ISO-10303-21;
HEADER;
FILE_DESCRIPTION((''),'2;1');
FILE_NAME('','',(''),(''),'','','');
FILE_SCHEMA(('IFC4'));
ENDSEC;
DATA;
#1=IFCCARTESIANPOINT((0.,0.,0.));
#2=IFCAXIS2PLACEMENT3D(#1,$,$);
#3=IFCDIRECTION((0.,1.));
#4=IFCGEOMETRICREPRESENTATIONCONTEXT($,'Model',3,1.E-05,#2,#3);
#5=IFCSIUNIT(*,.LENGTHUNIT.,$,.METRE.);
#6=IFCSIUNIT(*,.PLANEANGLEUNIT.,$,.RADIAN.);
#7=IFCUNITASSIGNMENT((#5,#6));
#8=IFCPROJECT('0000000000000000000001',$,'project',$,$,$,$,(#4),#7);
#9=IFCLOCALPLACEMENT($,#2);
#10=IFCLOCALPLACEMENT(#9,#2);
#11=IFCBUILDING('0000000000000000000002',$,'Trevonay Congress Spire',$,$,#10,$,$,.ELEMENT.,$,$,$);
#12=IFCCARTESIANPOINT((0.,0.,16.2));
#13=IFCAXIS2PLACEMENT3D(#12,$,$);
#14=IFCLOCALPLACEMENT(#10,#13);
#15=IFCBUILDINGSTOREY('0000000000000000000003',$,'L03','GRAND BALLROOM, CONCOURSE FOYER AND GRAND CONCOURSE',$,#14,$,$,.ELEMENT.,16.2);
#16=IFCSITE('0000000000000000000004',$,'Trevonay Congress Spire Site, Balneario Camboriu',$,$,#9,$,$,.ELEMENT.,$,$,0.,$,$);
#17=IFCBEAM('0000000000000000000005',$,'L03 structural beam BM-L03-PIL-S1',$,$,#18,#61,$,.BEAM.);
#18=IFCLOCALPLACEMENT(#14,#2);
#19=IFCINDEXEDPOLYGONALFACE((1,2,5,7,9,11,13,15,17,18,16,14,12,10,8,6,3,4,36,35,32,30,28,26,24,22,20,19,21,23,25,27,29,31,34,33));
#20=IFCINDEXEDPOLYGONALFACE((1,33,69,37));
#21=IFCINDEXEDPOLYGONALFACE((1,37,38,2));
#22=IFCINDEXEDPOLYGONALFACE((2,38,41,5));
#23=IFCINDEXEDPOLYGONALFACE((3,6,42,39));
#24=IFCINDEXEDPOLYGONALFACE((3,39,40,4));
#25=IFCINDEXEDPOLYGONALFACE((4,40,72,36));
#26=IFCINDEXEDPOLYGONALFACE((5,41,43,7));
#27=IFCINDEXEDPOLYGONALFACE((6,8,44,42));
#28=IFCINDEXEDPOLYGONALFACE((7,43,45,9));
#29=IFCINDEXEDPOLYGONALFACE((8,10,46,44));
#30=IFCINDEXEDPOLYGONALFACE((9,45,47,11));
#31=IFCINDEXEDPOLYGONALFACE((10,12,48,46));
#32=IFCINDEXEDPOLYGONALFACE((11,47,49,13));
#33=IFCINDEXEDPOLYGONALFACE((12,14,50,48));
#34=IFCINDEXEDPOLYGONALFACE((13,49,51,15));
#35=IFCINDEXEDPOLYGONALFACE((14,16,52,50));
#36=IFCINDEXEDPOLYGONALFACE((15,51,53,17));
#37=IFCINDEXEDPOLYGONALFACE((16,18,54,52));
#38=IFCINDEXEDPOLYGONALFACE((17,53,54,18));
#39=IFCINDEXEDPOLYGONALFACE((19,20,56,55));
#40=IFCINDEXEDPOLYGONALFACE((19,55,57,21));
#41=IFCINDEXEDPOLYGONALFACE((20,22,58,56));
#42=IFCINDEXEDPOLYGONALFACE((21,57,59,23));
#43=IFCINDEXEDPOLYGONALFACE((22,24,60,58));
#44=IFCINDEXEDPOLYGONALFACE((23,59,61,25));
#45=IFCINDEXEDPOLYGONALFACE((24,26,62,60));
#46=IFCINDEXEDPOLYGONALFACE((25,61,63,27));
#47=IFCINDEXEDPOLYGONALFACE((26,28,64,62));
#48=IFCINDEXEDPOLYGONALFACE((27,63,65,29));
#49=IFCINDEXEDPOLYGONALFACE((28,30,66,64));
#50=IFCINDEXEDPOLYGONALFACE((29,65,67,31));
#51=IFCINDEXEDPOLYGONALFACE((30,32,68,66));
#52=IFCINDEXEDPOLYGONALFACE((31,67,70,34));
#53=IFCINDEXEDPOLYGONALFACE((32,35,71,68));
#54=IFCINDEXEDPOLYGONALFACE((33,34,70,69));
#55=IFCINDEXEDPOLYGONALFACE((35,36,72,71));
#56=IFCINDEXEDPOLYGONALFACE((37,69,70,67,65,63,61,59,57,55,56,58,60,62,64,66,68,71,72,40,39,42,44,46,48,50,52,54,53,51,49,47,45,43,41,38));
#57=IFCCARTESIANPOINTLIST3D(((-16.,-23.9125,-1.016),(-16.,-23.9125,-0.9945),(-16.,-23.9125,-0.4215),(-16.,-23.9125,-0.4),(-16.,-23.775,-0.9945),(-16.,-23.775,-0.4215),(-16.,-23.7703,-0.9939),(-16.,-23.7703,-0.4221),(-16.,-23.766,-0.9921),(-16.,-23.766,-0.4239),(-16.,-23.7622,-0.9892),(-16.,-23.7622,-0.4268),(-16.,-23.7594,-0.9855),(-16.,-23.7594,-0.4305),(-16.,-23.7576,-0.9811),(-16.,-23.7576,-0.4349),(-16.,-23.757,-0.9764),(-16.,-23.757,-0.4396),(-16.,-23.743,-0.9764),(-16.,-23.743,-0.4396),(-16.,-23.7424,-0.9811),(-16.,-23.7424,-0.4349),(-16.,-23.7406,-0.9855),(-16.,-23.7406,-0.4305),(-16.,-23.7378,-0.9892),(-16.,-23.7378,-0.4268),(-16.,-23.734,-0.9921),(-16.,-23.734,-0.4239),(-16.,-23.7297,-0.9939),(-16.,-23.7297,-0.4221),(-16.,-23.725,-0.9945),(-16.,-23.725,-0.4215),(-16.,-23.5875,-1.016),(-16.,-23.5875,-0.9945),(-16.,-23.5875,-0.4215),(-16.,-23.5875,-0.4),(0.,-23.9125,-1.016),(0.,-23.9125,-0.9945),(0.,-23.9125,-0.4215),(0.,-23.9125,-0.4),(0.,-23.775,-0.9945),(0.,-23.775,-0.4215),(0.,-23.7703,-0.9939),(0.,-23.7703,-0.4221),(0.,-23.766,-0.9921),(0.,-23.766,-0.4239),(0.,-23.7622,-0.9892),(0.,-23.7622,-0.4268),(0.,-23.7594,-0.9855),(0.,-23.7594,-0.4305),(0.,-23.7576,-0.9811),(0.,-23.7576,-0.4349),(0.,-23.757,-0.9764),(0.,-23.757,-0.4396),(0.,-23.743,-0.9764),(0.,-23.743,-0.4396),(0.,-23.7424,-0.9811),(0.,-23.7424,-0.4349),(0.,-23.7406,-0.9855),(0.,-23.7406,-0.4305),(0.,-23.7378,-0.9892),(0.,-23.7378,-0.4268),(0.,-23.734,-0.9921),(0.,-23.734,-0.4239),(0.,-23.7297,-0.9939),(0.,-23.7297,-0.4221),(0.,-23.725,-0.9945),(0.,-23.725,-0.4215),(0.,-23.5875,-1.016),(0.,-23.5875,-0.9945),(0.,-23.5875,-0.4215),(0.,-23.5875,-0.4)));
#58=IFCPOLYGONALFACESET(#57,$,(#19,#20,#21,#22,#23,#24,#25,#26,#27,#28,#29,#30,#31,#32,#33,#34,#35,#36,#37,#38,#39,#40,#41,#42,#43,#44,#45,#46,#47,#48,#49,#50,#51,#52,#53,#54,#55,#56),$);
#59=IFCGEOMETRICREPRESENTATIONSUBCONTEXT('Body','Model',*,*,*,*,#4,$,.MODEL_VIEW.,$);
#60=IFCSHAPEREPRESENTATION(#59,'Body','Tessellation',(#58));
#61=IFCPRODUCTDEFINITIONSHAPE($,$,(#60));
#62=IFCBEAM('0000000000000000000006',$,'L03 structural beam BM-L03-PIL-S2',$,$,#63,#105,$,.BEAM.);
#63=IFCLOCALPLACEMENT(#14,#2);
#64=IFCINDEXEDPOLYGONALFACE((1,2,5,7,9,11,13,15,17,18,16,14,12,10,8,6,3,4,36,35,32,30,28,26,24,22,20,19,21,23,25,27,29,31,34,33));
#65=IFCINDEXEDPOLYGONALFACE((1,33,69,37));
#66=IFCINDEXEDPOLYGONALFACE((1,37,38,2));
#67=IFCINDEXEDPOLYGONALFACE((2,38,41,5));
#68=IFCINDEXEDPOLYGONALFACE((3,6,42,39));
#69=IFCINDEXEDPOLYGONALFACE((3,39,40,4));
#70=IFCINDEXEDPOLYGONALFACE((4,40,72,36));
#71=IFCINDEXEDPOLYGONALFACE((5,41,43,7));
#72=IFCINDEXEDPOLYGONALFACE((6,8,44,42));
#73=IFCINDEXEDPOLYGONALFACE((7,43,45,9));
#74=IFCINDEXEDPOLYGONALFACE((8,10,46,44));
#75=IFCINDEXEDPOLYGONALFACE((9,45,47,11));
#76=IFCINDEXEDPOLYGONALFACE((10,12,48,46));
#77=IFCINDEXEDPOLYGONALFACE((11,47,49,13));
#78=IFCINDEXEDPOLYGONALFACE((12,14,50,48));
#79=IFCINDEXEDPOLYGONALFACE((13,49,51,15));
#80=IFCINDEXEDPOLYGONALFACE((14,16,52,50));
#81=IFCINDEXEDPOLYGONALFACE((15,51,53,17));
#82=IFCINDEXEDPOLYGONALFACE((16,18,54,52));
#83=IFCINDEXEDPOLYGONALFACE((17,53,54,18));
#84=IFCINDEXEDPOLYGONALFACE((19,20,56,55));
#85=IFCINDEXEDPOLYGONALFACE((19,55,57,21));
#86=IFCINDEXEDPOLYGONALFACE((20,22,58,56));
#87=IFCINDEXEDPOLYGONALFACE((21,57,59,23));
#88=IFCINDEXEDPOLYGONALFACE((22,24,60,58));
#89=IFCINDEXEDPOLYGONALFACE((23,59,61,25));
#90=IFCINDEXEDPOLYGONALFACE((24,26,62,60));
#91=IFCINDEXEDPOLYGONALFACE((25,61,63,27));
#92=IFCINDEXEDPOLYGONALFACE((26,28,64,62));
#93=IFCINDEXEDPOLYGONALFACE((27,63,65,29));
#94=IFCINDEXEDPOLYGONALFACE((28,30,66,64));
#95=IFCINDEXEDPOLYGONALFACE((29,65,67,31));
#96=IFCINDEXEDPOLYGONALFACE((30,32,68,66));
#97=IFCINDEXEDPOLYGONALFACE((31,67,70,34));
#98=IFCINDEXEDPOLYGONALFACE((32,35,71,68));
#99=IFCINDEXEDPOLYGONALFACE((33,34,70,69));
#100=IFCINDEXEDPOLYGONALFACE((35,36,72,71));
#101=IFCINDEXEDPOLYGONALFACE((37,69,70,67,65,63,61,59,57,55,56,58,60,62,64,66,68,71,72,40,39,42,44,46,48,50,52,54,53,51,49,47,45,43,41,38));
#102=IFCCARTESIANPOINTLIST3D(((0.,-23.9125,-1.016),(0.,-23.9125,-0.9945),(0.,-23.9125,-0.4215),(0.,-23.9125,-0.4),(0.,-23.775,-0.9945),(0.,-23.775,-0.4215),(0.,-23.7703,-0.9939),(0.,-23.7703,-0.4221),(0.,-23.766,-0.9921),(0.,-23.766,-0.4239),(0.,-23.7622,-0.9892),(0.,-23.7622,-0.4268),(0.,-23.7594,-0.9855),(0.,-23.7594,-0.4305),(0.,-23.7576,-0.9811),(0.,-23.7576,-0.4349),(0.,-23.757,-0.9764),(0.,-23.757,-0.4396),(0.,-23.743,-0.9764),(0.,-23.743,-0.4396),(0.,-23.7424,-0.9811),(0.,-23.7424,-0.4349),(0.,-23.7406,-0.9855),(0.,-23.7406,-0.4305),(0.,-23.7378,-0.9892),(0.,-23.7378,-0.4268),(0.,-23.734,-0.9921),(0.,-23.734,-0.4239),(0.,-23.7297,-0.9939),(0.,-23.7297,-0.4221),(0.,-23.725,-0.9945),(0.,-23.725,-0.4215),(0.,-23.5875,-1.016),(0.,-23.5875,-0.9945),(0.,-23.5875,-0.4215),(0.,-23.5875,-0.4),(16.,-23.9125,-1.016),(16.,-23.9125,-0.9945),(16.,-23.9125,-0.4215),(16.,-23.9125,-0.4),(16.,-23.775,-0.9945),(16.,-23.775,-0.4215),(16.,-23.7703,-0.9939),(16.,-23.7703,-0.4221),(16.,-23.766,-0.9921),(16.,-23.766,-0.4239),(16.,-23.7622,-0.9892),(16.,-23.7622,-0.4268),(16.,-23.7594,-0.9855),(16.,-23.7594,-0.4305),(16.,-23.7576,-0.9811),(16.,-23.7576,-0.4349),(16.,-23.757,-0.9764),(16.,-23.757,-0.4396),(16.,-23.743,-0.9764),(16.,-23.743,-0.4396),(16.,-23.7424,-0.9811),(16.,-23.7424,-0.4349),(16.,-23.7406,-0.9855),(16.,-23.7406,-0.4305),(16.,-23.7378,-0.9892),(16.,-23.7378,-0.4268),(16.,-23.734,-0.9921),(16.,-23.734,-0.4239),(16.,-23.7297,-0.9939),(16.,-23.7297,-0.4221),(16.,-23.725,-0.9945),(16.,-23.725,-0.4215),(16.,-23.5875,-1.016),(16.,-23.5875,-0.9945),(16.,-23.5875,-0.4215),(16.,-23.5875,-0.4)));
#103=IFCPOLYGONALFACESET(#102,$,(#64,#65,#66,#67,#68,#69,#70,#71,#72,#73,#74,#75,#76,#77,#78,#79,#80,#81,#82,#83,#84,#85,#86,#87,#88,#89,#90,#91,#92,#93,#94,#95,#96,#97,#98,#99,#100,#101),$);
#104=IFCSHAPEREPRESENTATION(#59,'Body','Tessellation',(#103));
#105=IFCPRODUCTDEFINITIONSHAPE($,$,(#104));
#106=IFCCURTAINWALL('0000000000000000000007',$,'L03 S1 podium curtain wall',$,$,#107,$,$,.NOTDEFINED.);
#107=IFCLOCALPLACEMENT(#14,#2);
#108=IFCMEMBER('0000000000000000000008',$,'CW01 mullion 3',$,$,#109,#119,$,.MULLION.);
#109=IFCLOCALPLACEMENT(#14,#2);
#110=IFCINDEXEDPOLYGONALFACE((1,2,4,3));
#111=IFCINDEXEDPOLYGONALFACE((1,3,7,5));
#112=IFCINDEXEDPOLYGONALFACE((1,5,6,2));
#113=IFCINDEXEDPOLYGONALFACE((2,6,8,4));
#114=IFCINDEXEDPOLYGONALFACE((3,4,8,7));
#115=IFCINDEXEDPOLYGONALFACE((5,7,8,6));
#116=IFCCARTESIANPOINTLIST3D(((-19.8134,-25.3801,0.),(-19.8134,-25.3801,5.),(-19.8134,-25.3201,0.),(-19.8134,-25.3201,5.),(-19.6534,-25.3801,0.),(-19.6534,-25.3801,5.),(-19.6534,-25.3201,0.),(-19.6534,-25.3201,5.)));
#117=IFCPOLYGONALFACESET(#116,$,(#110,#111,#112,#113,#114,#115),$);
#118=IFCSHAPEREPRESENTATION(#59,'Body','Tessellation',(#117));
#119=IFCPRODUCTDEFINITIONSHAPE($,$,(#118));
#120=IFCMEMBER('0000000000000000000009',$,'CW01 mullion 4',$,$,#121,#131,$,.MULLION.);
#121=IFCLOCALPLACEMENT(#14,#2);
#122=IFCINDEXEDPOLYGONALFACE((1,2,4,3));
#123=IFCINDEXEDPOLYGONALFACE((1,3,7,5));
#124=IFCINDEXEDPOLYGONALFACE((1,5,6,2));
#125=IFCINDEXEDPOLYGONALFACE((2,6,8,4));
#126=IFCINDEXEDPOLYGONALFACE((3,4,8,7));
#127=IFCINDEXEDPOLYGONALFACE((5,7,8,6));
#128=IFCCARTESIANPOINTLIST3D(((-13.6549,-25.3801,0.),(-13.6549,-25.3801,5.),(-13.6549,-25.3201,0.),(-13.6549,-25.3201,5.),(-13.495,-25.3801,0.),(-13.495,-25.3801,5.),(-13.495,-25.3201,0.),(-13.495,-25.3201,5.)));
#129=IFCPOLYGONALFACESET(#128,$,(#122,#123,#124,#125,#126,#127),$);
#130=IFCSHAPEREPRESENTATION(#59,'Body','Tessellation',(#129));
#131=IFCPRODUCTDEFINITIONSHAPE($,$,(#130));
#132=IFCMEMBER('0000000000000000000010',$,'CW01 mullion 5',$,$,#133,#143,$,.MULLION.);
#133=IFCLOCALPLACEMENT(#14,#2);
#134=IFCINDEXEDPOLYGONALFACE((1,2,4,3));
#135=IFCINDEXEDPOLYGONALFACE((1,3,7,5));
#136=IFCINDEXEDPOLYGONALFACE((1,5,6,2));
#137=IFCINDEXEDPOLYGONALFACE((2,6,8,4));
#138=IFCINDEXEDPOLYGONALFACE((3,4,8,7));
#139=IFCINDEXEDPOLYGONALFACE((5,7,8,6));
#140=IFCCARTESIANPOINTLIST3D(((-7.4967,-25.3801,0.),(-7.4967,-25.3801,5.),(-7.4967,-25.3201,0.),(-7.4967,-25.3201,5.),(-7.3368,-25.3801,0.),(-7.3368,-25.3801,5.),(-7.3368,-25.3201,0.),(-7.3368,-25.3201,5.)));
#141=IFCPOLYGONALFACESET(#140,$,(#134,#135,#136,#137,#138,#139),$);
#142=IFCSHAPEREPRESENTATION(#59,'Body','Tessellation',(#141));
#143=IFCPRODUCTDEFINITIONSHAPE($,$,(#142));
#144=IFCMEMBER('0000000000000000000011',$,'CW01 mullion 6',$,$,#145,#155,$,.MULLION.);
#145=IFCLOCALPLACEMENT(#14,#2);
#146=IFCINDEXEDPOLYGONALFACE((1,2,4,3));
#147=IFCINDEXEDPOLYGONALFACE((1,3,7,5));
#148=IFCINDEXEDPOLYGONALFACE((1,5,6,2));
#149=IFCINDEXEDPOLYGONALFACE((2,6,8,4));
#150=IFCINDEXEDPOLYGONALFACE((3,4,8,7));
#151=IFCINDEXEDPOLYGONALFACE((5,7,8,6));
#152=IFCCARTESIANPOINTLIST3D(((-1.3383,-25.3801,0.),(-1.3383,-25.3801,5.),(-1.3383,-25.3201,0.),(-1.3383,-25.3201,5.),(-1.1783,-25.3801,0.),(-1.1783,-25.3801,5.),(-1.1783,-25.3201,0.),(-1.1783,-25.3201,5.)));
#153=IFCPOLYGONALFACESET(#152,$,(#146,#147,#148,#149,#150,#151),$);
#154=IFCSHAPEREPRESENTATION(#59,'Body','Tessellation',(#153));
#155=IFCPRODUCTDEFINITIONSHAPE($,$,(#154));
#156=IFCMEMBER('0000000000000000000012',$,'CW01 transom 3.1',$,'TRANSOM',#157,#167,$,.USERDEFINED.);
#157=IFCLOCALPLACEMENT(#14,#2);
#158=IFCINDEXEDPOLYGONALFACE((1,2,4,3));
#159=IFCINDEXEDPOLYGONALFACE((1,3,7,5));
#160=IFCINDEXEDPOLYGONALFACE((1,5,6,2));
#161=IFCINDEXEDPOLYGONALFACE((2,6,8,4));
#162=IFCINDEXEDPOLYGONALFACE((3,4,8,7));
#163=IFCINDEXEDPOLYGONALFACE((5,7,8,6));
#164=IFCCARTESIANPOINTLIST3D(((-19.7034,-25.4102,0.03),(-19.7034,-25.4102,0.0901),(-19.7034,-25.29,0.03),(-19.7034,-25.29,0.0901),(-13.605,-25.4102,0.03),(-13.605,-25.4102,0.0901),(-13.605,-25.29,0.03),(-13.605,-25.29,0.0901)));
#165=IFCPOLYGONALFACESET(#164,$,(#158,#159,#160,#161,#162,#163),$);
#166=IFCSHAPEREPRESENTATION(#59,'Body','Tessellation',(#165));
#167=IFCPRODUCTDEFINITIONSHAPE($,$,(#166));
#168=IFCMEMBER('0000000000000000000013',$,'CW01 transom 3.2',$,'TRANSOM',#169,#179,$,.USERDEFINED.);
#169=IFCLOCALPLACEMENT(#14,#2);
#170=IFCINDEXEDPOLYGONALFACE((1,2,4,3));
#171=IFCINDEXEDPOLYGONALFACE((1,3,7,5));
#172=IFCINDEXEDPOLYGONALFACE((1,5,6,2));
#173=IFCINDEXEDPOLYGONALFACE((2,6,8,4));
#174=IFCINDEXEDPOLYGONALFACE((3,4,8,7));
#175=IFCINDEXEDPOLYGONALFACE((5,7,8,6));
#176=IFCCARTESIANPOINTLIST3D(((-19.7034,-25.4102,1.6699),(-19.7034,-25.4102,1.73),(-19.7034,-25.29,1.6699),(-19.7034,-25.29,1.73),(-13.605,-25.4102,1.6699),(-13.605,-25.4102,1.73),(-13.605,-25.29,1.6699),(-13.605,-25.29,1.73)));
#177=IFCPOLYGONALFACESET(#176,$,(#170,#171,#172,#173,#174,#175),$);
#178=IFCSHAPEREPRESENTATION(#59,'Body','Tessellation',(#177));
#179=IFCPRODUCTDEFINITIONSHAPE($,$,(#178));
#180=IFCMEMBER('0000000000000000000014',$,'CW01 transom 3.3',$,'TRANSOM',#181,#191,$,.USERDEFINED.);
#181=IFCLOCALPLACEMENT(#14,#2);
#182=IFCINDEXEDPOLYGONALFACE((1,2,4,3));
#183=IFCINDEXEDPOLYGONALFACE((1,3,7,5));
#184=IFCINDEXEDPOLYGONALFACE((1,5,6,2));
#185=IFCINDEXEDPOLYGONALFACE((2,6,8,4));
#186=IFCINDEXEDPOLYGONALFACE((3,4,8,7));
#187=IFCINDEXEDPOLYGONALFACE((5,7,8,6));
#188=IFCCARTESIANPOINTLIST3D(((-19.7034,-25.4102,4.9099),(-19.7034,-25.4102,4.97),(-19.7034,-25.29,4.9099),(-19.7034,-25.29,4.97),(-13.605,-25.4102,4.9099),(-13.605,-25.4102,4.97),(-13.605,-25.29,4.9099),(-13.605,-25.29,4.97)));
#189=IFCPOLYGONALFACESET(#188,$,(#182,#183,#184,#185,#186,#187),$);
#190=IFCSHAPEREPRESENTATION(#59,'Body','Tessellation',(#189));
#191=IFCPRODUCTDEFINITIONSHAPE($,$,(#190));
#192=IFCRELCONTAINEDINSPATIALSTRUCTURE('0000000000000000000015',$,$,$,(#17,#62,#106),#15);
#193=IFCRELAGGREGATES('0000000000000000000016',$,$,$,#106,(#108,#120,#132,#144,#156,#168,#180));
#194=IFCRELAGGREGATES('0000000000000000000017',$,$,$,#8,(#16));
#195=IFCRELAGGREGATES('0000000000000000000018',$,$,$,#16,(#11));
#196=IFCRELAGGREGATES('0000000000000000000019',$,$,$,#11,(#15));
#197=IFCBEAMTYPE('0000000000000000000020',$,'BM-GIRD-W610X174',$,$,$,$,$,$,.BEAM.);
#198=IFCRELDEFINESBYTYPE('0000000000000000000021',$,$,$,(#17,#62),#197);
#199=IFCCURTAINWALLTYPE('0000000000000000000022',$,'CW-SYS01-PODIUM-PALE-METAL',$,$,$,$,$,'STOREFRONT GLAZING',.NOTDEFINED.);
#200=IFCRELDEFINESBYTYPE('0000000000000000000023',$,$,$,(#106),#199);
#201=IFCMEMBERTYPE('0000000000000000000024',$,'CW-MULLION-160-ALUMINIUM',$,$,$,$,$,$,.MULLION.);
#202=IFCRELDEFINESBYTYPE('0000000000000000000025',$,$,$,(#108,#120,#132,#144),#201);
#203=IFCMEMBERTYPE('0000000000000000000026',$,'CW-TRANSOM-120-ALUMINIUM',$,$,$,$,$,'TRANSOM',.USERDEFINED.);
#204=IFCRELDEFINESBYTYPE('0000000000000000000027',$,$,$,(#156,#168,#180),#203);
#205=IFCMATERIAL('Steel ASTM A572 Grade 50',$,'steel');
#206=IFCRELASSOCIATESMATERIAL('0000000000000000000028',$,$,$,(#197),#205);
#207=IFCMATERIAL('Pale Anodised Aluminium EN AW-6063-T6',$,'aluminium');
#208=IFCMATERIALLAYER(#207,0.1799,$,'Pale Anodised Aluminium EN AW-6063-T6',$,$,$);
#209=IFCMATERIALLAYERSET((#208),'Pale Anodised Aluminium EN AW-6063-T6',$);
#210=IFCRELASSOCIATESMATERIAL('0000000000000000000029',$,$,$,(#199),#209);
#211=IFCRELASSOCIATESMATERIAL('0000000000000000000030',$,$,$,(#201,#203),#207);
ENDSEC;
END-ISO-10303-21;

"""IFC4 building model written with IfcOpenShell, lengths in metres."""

from ifc_helpers import new_model, si_unit, direction, frame, origin, origin_2d, place, context, subcontext, project, spatial, rectangle, i_section, extrude, material, layer, layer_set, material_profile, profile_set, type_object, element, aggregate, save


model = new_model("IFC4")

# Units and contexts
model_context = context("Model", 3, precision=1e-05, world=origin(), true_north=direction((0.0, 1.0)))
body_context = subcontext(model_context, "Body", "Model", "MODEL_VIEW")
ifc_project = project(units=[si_unit("LENGTHUNIT", "METRE"), si_unit("PLANEANGLEUNIT", "RADIAN")], contexts=[model_context])

# Site, building, storey
site_placement = place(None, origin())
site = spatial("IfcSite", under=ifc_project, at=site_placement, Name="Trevonay Congress Spire Site, Balneario Camboriu", CompositionType="ELEMENT", RefElevation=0.0)
building_placement = place(site_placement, origin())
building = spatial("IfcBuilding", under=site, at=building_placement, Name="Trevonay Congress Spire", CompositionType="ELEMENT")
storey_placement = place(building_placement, frame((0.0, 0.0, 16.2)))
storey = spatial("IfcBuildingStorey", under=building, at=storey_placement, Name="L03", Description="GRAND BALLROOM, CONCOURSE FOYER AND GRAND CONCOURSE", CompositionType="ELEMENT", Elevation=16.2)

# Shared definitions
ifc_material_1 = material(Name="Steel ASTM A572 Grade 50", Category="steel")

# Beams
ifc_material_profile_1 = material_profile(ifc_material_1, i_section(OverallWidth=0.325, OverallDepth=0.616, WebThickness=0.0139, FlangeThickness=0.0215, FilletRadius=0.0181, at=origin_2d()), Name="W610x174")
ifc_profile_set_1 = profile_set([ifc_material_profile_1], Name="Steel ASTM A572 Grade 50")
beam_type_1 = type_object("IfcBeamType", Name="BM-GIRD-W610X174", PredefinedType="BEAM", material=ifc_profile_set_1)
for number, where, z_axis, x_axis, name in (
    (1, (-16.0, -23.75, -0.708), (1.0, 0.0, 0.0), (0.0, 1.0, 0.0), "L03 structural beam BM-L03-PIL-S1"),
    (2, (0.0, -23.75, -0.708), (1.0, 0.0, 0.0), (0.0, 1.0, 0.0), "L03 structural beam BM-L03-PIL-S2"),
):
    element("IfcBeam", number, at=place(storey_placement, frame(where, z_axis=z_axis, x_axis=x_axis)), inside=storey, type_object=beam_type_1, Name=name, PredefinedType="BEAM", context=body_context, shape_type="SweptSolid", body=[
        extrude(i_section(OverallWidth=0.325, OverallDepth=0.616, WebThickness=0.0139, FlangeThickness=0.0215, FilletRadius=0.0181, at=origin_2d()), origin(), (0.0, 0.0, 1.0), 16.0),
    ])

# Curtain wall, members
ifc_material_2 = material(Name="Pale Anodised Aluminium EN AW-6063-T6", Category="aluminium")
ifc_layer_1 = layer(ifc_material_2, 0.1799, Name="Pale Anodised Aluminium EN AW-6063-T6")
ifc_layer_set_1 = layer_set([ifc_layer_1], Name="Pale Anodised Aluminium EN AW-6063-T6")
curtain_wall_type = type_object("IfcCurtainWallType", Name="CW-SYS01-PODIUM-PALE-METAL", ElementType="STOREFRONT GLAZING", PredefinedType="NOTDEFINED", material=ifc_layer_set_1)
curtain_wall_placement = place(storey_placement, origin())
curtain_wall = element("IfcCurtainWall", 3, at=curtain_wall_placement, inside=storey, type_object=curtain_wall_type, Name="L03 S1 podium curtain wall", PredefinedType="NOTDEFINED")
ifc_material_profile_2 = material_profile(ifc_material_2, rectangle(XDim=0.0601, YDim=0.1599, at=origin_2d()), Name="CW-MULLION-160-ALUMINIUM")
ifc_profile_set_2 = profile_set([ifc_material_profile_2], Name="Pale Anodised Aluminium EN AW-6063-T6")
member_type_1 = type_object("IfcMemberType", Name="CW-MULLION-160-ALUMINIUM", PredefinedType="MULLION", material=ifc_profile_set_2)
member_1_placement = place(storey_placement, frame((-19.7334, -25.3501, 0.0), z_axis=(0.0, 0.0, 1.0), x_axis=(0.0, 1.0, 0.0)))
member_1 = element("IfcMember", 4, at=member_1_placement, type_object=member_type_1, Name="CW01 mullion 3", PredefinedType="MULLION", context=body_context, shape_type="SweptSolid", body=[
    extrude(rectangle(XDim=0.0601, YDim=0.1599, at=origin_2d()), origin(), (0.0, 0.0, 1.0), 5.0),
])
member_2_placement = place(storey_placement, frame((-13.575, -25.3501, 0.0), z_axis=(0.0, 0.0, 1.0), x_axis=(0.0, 1.0, 0.0)))
member_2 = element("IfcMember", 5, at=member_2_placement, type_object=member_type_1, Name="CW01 mullion 4", PredefinedType="MULLION", context=body_context, shape_type="SweptSolid", body=[
    extrude(rectangle(XDim=0.0601, YDim=0.1599, at=origin_2d()), origin(), (0.0, 0.0, 1.0), 5.0),
])
member_3_placement = place(storey_placement, frame((-7.4167, -25.3501, 0.0), z_axis=(0.0, 0.0, 1.0), x_axis=(0.0, 1.0, 0.0)))
member_3 = element("IfcMember", 6, at=member_3_placement, type_object=member_type_1, Name="CW01 mullion 5", PredefinedType="MULLION", context=body_context, shape_type="SweptSolid", body=[
    extrude(rectangle(XDim=0.0601, YDim=0.1599, at=origin_2d()), origin(), (0.0, 0.0, 1.0), 5.0),
])
member_4_placement = place(storey_placement, frame((-1.2583, -25.3501, 0.0), z_axis=(0.0, 0.0, 1.0), x_axis=(0.0, 1.0, 0.0)))
member_4 = element("IfcMember", 7, at=member_4_placement, type_object=member_type_1, Name="CW01 mullion 6", PredefinedType="MULLION", context=body_context, shape_type="SweptSolid", body=[
    extrude(rectangle(XDim=0.0601, YDim=0.1599, at=origin_2d()), origin(), (0.0, 0.0, 1.0), 5.0),
])
ifc_material_profile_3 = material_profile(ifc_material_2, rectangle(XDim=0.1201, YDim=0.0601, at=origin_2d()), Name="CW-TRANSOM-120-ALUMINIUM")
ifc_profile_set_3 = profile_set([ifc_material_profile_3], Name="Pale Anodised Aluminium EN AW-6063-T6")
member_type_2 = type_object("IfcMemberType", Name="CW-TRANSOM-120-ALUMINIUM", ElementType="TRANSOM", PredefinedType="USERDEFINED", material=ifc_profile_set_3)
member_5_placement = place(storey_placement, frame((-19.7034, -25.3501, 0.0601), z_axis=(1.0, 0.0, 0.0), x_axis=(0.0, 1.0, 0.0)))
member_5 = element("IfcMember", 8, at=member_5_placement, type_object=member_type_2, Name="CW01 transom 3.1", ObjectType="TRANSOM", PredefinedType="USERDEFINED", context=body_context, shape_type="SweptSolid", body=[
    extrude(rectangle(XDim=0.1201, YDim=0.0601, at=origin_2d()), origin(), (0.0, 0.0, 1.0), 6.0984),
])
member_6_placement = place(storey_placement, frame((-19.7034, -25.3501, 1.7), z_axis=(1.0, 0.0, 0.0), x_axis=(0.0, 1.0, 0.0)))
member_6 = element("IfcMember", 9, at=member_6_placement, type_object=member_type_2, Name="CW01 transom 3.2", ObjectType="TRANSOM", PredefinedType="USERDEFINED", context=body_context, shape_type="SweptSolid", body=[
    extrude(rectangle(XDim=0.1201, YDim=0.0601, at=origin_2d()), origin(), (0.0, 0.0, 1.0), 6.0984),
])
member_7_placement = place(storey_placement, frame((-19.7034, -25.3501, 4.9399), z_axis=(1.0, 0.0, 0.0), x_axis=(0.0, 1.0, 0.0)))
member_7 = element("IfcMember", 10, at=member_7_placement, type_object=member_type_2, Name="CW01 transom 3.3", ObjectType="TRANSOM", PredefinedType="USERDEFINED", context=body_context, shape_type="SweptSolid", body=[
    extrude(rectangle(XDim=0.1201, YDim=0.0601, at=origin_2d()), origin(), (0.0, 0.0, 1.0), 6.0984),
])

aggregate(curtain_wall, [member_1, member_2, member_3, member_4, member_5, member_6, member_7])

save(model, "model.ifc")
